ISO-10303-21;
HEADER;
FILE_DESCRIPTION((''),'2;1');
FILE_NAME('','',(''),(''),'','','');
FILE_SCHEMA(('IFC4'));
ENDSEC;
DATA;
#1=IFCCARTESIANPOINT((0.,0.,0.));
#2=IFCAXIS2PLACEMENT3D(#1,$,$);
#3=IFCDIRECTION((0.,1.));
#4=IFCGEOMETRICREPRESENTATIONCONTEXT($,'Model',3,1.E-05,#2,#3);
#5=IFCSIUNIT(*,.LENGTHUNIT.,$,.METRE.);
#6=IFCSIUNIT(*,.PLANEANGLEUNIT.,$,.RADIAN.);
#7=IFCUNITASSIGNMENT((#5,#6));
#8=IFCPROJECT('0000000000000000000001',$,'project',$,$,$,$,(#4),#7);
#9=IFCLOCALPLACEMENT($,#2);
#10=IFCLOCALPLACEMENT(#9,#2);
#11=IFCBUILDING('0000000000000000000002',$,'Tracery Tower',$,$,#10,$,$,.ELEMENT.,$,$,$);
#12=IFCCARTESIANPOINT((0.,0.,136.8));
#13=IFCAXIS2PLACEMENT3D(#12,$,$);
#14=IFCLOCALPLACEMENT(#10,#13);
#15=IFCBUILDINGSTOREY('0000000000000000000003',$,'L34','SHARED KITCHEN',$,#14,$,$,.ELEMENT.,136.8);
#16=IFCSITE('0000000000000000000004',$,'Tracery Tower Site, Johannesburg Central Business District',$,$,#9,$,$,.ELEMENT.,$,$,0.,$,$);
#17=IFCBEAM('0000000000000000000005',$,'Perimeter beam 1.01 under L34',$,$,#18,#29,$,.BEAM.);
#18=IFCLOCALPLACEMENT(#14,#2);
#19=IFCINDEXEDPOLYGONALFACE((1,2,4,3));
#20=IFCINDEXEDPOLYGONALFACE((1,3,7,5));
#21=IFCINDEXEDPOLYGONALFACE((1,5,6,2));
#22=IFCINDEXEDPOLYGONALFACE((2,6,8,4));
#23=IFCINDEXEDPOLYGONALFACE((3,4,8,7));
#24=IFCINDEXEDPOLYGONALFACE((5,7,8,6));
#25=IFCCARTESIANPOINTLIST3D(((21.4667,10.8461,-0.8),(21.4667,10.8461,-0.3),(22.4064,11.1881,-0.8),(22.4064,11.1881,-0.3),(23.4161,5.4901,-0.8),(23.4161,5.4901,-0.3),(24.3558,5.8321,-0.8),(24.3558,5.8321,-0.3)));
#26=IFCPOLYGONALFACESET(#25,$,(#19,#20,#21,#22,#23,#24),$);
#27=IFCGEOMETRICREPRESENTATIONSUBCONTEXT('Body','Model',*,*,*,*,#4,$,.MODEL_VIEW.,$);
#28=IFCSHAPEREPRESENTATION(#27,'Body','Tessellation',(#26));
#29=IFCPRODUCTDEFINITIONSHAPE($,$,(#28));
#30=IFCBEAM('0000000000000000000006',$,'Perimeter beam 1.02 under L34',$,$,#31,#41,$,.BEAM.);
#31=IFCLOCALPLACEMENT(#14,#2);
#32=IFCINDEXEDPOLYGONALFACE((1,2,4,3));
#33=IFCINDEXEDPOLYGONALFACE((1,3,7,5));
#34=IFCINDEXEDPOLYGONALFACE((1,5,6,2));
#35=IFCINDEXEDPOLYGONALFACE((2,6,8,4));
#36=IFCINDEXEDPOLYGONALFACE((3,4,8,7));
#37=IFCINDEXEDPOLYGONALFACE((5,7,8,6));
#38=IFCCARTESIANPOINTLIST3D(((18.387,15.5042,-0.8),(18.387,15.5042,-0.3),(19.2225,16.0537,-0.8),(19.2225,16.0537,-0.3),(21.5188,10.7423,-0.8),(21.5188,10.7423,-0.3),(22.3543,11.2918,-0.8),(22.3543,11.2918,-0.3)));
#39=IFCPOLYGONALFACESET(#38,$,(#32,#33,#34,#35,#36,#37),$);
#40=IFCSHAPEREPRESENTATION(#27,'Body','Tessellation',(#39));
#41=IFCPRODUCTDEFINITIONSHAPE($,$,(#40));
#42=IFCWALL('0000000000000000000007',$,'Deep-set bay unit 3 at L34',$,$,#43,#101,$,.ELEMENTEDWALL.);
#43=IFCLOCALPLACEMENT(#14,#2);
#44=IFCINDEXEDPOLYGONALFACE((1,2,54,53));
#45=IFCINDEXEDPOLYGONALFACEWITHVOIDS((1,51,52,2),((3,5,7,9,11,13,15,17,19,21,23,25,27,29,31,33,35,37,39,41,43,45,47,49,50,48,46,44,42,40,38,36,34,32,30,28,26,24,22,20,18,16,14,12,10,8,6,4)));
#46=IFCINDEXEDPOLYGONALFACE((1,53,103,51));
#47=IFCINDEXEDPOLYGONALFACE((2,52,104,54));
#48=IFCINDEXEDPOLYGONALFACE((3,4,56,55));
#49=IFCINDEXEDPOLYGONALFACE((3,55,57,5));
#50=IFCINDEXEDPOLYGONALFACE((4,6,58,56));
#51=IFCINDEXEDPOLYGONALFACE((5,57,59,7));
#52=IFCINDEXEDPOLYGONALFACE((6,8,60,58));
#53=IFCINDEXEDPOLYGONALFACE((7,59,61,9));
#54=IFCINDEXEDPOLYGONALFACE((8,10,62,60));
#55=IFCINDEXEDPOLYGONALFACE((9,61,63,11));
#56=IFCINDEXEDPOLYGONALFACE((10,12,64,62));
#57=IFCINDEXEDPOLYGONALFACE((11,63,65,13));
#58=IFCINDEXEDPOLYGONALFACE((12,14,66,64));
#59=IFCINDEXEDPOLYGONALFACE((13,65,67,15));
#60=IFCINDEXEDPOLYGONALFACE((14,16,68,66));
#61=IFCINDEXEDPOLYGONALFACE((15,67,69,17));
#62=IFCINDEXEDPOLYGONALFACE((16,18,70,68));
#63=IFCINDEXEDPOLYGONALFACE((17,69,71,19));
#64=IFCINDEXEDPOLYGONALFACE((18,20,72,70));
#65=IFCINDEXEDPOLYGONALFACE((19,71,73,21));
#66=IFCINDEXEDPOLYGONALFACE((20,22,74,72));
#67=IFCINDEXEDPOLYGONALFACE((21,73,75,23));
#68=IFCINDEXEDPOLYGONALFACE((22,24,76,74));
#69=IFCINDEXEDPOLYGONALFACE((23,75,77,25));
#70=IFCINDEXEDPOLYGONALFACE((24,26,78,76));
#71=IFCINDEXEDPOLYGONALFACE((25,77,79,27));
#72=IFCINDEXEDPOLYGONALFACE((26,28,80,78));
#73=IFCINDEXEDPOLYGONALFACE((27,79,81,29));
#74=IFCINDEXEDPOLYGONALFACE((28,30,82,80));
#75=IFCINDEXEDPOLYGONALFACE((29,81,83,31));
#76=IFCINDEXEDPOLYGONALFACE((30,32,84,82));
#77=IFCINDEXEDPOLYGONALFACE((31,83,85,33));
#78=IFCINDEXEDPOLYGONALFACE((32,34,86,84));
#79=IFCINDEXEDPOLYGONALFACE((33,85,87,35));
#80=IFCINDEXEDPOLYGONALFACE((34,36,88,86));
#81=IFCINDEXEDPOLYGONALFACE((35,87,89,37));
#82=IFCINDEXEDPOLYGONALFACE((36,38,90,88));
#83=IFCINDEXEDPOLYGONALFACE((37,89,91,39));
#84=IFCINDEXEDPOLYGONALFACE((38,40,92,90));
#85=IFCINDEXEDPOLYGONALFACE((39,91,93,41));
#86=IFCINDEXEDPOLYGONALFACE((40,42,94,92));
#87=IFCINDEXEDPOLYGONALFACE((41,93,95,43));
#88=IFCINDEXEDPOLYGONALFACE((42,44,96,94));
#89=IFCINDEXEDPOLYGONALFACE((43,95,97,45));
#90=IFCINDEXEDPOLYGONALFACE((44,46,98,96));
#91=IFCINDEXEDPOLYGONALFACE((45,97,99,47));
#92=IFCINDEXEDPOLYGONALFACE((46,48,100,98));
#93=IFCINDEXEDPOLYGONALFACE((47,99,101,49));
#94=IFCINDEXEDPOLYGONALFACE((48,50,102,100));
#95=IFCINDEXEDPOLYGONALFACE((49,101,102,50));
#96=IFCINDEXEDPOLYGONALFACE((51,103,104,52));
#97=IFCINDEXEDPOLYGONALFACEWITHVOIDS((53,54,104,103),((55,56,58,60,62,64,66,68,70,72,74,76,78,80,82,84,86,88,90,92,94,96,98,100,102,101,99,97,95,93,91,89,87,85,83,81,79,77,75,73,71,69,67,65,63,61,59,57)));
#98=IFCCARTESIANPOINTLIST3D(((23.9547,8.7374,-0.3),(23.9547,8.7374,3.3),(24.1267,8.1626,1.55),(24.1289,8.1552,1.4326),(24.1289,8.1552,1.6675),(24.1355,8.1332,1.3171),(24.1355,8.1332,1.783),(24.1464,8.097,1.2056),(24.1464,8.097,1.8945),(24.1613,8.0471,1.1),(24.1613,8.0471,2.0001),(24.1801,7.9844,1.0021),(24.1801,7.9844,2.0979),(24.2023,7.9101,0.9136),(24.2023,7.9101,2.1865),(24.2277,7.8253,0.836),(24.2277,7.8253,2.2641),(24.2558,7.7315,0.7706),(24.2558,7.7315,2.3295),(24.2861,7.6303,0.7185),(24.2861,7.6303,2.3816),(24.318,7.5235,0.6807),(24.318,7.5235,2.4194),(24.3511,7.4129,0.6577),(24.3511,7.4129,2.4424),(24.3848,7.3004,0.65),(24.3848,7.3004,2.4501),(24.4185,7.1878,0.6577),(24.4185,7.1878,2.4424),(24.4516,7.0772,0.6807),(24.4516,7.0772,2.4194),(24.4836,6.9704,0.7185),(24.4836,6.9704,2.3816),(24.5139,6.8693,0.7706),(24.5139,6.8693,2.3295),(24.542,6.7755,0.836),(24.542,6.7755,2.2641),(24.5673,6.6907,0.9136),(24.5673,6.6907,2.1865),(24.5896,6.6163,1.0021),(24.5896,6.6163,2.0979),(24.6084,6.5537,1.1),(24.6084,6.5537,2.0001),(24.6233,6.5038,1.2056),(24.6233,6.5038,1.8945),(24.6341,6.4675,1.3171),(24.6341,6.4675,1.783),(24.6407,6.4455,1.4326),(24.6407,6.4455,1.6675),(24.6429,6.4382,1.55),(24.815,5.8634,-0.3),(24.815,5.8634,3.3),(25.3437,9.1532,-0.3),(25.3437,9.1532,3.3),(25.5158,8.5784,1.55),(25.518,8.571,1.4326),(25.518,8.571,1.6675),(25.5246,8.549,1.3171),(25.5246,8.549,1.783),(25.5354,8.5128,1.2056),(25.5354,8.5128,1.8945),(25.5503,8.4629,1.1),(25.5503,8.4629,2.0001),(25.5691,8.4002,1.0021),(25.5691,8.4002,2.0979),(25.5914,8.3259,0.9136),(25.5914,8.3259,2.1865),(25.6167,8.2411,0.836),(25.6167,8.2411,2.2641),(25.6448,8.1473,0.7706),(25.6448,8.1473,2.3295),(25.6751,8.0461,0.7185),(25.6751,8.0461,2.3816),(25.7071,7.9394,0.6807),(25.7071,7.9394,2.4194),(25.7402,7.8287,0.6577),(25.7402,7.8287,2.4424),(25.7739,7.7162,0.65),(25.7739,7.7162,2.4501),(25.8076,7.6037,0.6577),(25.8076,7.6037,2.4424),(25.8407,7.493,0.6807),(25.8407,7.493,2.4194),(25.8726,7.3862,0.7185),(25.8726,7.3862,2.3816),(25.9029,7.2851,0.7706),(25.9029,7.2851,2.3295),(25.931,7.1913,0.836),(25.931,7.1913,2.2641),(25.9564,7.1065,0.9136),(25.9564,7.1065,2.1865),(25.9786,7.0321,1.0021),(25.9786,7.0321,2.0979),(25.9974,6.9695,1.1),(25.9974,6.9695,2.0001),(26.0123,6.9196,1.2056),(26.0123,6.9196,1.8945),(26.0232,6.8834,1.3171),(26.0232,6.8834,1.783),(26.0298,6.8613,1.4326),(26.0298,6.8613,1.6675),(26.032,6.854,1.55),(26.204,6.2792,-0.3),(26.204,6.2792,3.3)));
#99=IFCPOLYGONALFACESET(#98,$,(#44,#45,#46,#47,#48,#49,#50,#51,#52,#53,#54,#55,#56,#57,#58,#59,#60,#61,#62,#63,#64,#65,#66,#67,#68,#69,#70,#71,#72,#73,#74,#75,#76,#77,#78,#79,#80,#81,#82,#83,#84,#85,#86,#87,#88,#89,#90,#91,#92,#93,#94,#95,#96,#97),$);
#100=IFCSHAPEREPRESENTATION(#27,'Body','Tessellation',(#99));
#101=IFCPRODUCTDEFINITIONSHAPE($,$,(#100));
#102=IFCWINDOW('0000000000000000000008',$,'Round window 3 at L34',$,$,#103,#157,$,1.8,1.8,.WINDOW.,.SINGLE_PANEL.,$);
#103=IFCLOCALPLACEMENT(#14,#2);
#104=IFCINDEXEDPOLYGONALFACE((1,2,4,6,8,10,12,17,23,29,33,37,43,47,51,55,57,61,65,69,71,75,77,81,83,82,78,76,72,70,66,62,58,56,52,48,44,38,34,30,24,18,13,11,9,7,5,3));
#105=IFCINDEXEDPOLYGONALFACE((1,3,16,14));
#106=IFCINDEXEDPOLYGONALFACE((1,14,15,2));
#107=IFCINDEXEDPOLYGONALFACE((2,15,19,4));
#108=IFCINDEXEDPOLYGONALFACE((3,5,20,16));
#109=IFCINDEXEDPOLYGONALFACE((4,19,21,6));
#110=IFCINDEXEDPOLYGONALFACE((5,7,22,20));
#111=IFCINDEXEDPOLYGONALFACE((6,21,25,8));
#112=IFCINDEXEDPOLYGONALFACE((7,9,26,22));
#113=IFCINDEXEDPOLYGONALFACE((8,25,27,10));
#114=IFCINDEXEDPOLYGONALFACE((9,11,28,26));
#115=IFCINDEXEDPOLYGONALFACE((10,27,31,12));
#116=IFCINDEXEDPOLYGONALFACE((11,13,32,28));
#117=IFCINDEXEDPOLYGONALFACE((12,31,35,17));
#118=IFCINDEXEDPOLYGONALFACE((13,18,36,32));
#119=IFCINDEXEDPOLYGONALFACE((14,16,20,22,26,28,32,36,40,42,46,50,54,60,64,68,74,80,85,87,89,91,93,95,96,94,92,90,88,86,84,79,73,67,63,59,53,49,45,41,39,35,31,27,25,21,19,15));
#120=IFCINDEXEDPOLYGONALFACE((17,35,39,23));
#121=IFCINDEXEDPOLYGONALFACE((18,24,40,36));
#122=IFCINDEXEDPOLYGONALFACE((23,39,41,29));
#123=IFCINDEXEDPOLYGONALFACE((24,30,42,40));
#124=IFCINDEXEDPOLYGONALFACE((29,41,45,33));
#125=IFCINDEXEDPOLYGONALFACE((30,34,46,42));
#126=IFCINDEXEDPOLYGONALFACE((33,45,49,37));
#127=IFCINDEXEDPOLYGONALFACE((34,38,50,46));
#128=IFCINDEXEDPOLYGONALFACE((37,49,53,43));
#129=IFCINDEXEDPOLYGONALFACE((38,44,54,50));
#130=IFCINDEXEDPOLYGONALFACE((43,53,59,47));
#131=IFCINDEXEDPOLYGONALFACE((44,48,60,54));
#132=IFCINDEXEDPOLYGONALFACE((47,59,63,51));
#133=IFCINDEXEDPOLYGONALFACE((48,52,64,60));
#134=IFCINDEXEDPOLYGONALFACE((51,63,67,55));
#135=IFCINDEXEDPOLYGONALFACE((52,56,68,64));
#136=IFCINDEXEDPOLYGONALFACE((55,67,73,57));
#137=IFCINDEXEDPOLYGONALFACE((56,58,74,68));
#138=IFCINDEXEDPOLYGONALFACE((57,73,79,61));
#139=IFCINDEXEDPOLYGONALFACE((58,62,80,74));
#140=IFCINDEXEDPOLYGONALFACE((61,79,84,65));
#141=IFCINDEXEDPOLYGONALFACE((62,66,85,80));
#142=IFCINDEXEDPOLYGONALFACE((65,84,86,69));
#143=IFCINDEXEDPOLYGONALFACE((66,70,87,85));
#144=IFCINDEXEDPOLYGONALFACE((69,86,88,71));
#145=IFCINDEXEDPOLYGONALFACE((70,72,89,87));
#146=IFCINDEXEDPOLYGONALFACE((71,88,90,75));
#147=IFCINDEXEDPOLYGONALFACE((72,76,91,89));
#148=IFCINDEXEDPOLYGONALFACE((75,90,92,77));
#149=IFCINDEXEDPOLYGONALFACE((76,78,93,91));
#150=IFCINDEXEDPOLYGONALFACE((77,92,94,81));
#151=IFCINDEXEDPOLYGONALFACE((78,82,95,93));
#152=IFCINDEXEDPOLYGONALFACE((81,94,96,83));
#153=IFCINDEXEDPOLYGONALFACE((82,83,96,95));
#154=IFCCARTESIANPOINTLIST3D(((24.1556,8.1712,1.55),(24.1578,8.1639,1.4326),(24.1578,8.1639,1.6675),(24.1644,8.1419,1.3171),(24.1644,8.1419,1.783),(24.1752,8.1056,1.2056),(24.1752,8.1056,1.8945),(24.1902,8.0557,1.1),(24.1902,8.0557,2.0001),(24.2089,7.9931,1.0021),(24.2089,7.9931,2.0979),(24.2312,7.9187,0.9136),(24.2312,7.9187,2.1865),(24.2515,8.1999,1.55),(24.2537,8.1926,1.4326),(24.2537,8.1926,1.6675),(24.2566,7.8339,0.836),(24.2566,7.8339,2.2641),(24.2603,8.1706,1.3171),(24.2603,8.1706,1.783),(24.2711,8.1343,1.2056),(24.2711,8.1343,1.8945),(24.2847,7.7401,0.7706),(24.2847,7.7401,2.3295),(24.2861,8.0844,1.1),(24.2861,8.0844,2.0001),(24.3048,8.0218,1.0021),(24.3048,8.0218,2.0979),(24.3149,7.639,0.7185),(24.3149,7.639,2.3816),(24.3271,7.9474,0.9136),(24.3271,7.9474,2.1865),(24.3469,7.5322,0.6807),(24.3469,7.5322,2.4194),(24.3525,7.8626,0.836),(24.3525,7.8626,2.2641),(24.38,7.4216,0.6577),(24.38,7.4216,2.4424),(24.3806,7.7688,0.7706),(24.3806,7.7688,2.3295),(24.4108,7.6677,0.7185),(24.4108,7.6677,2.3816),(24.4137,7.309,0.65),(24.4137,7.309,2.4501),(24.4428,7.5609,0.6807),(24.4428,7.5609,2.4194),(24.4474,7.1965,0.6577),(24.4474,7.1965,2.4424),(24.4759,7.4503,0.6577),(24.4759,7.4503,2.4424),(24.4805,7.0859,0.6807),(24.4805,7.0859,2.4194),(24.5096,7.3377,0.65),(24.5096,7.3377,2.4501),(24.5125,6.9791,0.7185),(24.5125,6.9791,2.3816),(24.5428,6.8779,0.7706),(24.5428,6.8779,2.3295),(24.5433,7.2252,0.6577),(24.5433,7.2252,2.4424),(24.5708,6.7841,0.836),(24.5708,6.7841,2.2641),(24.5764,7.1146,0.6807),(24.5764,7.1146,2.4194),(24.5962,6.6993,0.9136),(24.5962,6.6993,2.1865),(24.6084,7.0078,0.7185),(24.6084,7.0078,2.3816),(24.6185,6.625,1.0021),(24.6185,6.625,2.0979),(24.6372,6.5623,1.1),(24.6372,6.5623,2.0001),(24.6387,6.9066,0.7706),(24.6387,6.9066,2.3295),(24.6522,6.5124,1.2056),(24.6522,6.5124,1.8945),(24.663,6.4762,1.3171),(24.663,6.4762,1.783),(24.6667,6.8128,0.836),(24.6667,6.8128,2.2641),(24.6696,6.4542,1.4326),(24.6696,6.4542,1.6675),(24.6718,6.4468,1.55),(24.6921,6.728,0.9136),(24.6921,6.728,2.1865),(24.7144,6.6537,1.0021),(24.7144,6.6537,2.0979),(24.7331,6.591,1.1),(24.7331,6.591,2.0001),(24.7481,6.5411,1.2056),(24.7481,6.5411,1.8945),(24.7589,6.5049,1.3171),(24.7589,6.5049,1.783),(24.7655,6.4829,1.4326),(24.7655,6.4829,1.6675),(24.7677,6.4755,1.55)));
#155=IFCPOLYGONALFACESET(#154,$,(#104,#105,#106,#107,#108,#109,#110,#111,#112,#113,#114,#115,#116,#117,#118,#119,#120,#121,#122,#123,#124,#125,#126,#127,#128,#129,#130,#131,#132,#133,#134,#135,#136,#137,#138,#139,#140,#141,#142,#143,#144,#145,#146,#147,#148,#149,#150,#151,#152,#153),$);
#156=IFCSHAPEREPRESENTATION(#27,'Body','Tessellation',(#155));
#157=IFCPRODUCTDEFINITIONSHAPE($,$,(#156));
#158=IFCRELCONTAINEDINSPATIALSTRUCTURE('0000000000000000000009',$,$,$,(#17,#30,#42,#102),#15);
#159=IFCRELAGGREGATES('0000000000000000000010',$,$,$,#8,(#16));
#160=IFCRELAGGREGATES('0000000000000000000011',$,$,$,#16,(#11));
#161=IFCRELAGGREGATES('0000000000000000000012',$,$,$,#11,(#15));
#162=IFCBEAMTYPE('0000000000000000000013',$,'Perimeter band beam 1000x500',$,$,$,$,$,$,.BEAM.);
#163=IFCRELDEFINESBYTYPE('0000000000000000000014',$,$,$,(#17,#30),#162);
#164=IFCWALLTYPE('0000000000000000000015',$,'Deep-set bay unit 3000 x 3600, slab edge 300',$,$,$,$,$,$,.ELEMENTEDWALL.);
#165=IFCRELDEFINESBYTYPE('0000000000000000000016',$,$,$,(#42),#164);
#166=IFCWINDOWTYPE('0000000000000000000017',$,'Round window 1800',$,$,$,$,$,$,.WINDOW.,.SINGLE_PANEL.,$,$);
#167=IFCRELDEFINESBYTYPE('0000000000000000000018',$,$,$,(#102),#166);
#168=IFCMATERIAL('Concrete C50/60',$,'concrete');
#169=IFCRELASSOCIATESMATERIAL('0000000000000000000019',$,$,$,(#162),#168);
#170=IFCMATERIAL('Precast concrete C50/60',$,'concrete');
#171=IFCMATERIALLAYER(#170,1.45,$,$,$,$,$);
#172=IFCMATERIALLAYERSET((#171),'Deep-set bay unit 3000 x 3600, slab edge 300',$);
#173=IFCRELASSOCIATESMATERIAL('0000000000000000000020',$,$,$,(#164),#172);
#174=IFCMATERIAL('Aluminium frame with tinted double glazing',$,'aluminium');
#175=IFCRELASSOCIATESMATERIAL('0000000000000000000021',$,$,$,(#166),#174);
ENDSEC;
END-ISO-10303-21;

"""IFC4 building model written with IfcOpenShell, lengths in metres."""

from ifc_helpers import new_model, si_unit, direction, frame, frame_2d, origin, origin_2d, place, context, subcontext, project, spatial, rectangle, circle, extrude, material, layer, layer_set, material_profile, profile_set, type_object, element, fill, save


model = new_model("IFC4")

# Units and contexts
model_context = context("Model", 3, precision=1e-05, world=origin(), true_north=direction((0.0, 1.0)))
body_context = subcontext(model_context, "Body", "Model", "MODEL_VIEW")
ifc_project = project(units=[si_unit("LENGTHUNIT", "METRE"), si_unit("PLANEANGLEUNIT", "RADIAN")], contexts=[model_context])

# Site, building, storey
site_placement = place(None, origin())
site = spatial("IfcSite", under=ifc_project, at=site_placement, Name="Tracery Tower Site, Johannesburg Central Business District", CompositionType="ELEMENT", RefElevation=0.0)
building_placement = place(site_placement, origin())
building = spatial("IfcBuilding", under=site, at=building_placement, Name="Tracery Tower", CompositionType="ELEMENT")
storey_placement = place(building_placement, frame((0.0, 0.0, 136.8)))
storey = spatial("IfcBuildingStorey", under=building, at=storey_placement, Name="L34", Description="SHARED KITCHEN", CompositionType="ELEMENT", Elevation=136.8)

# Beams
ifc_material_1 = material(Name="Concrete C50/60", Category="concrete")
ifc_material_profile_1 = material_profile(ifc_material_1, rectangle(XDim=1.0, YDim=0.5, at=origin_2d()), Name="RC 1000x500")
ifc_profile_set_1 = profile_set([ifc_material_profile_1], Name="Concrete C50/60")
beam_type = type_object("IfcBeamType", Name="Perimeter band beam 1000x500", PredefinedType="BEAM", material=ifc_profile_set_1)
beam_1_placement = place(storey_placement, frame((23.886, 5.6611, -0.55), z_axis=(-0.342029, 0.93969, 0.0), x_axis=(-0.93969, -0.342029, 0.0)))
element("IfcBeam", 1, at=beam_1_placement, inside=storey, type_object=beam_type, Name="Perimeter beam 1.01 under L34", PredefinedType="BEAM", context=body_context, shape_type="SweptSolid", body=[
    extrude(rectangle(XDim=1.0, YDim=0.5, at=origin_2d()), origin(), (0.0, 0.0, 1.0), 5.6997),
])
beam_2_placement = place(storey_placement, frame((21.9365, 11.0171, -0.55), z_axis=(-0.54949, 0.8355, 0.0), x_axis=(-0.8355, -0.54949, 0.0)))
element("IfcBeam", 2, at=beam_2_placement, inside=storey, type_object=beam_type, Name="Perimeter beam 1.02 under L34", PredefinedType="BEAM", context=body_context, shape_type="SweptSolid", body=[
    extrude(rectangle(XDim=1.0, YDim=0.5, at=origin_2d()), origin(), (0.0, 0.0, 1.0), 5.6995),
])

# Wall, opening, window
ifc_material_2 = material(Name="Precast concrete C50/60", Category="concrete")
ifc_layer_1 = layer(ifc_material_2, 1.45)
ifc_layer_set_1 = layer_set([ifc_layer_1], Name="Deep-set bay unit 3000 x 3600, slab edge 300")
wall_type_1 = type_object("IfcWallType", Name="Deep-set bay unit 3000 x 3600, slab edge 300", PredefinedType="ELEMENTEDWALL", material=ifc_layer_set_1)
wall_1_placement = place(storey_placement, frame((25.5095, 6.0713, -0.3), z_axis=(0.0, 0.0, 1.0), x_axis=(-0.28678, 0.957996, 0.0)))
wall_1 = element("IfcWall", 3, at=wall_1_placement, inside=storey, type_object=wall_type_1, Name="Deep-set bay unit 3 at L34", PredefinedType="ELEMENTEDWALL", context=body_context, shape_type="SweptSolid", body=[
    extrude(rectangle(XDim=3.0, YDim=1.45, at=frame_2d((1.5, 0.0))), origin(), (0.0, 0.0, 1.0), 3.6001),
])
opening_1_placement = place(wall_1_placement, frame((1.5, 0.0, 1.8501)))
opening_1 = element("IfcOpeningElement", 4, at=opening_1_placement, cuts=wall_1, PredefinedType="OPENING", context=body_context, shape_type="SweptSolid", body=[
    extrude(circle(Radius=0.9, at=origin_2d()), frame((0.0, 0.7349, 0.0), z_axis=(0.0, -1.0, 0.0), x_axis=(1.0, 0.0, 0.0)), (0.0, 0.0, 1.0), 1.47),
])
ifc_material_3 = material(Name="Aluminium frame with tinted double glazing", Category="aluminium")
window_type = type_object("IfcWindowType", Name="Round window 1800", PartitioningType="SINGLE_PANEL", PredefinedType="WINDOW", material=ifc_material_3)
window_1_placement = place(opening_1_placement, origin())
window_1 = element("IfcWindow", 5, at=window_1_placement, inside=storey, type_object=window_type, Name="Round window 3 at L34", OverallHeight=1.8, OverallWidth=1.8, PartitioningType="SINGLE_PANEL", PredefinedType="WINDOW", context=body_context, shape_type="SweptSolid", body=[
    extrude(circle(Radius=0.9, at=origin_2d()), frame((0.0, 0.6948, 0.0), z_axis=(0.0, -1.0, 0.0), x_axis=(1.0, 0.0, 0.0)), (0.0, 0.0, 1.0), 0.1001),
])
fill(opening_1, window_1)

save(model, "model.ifc")
